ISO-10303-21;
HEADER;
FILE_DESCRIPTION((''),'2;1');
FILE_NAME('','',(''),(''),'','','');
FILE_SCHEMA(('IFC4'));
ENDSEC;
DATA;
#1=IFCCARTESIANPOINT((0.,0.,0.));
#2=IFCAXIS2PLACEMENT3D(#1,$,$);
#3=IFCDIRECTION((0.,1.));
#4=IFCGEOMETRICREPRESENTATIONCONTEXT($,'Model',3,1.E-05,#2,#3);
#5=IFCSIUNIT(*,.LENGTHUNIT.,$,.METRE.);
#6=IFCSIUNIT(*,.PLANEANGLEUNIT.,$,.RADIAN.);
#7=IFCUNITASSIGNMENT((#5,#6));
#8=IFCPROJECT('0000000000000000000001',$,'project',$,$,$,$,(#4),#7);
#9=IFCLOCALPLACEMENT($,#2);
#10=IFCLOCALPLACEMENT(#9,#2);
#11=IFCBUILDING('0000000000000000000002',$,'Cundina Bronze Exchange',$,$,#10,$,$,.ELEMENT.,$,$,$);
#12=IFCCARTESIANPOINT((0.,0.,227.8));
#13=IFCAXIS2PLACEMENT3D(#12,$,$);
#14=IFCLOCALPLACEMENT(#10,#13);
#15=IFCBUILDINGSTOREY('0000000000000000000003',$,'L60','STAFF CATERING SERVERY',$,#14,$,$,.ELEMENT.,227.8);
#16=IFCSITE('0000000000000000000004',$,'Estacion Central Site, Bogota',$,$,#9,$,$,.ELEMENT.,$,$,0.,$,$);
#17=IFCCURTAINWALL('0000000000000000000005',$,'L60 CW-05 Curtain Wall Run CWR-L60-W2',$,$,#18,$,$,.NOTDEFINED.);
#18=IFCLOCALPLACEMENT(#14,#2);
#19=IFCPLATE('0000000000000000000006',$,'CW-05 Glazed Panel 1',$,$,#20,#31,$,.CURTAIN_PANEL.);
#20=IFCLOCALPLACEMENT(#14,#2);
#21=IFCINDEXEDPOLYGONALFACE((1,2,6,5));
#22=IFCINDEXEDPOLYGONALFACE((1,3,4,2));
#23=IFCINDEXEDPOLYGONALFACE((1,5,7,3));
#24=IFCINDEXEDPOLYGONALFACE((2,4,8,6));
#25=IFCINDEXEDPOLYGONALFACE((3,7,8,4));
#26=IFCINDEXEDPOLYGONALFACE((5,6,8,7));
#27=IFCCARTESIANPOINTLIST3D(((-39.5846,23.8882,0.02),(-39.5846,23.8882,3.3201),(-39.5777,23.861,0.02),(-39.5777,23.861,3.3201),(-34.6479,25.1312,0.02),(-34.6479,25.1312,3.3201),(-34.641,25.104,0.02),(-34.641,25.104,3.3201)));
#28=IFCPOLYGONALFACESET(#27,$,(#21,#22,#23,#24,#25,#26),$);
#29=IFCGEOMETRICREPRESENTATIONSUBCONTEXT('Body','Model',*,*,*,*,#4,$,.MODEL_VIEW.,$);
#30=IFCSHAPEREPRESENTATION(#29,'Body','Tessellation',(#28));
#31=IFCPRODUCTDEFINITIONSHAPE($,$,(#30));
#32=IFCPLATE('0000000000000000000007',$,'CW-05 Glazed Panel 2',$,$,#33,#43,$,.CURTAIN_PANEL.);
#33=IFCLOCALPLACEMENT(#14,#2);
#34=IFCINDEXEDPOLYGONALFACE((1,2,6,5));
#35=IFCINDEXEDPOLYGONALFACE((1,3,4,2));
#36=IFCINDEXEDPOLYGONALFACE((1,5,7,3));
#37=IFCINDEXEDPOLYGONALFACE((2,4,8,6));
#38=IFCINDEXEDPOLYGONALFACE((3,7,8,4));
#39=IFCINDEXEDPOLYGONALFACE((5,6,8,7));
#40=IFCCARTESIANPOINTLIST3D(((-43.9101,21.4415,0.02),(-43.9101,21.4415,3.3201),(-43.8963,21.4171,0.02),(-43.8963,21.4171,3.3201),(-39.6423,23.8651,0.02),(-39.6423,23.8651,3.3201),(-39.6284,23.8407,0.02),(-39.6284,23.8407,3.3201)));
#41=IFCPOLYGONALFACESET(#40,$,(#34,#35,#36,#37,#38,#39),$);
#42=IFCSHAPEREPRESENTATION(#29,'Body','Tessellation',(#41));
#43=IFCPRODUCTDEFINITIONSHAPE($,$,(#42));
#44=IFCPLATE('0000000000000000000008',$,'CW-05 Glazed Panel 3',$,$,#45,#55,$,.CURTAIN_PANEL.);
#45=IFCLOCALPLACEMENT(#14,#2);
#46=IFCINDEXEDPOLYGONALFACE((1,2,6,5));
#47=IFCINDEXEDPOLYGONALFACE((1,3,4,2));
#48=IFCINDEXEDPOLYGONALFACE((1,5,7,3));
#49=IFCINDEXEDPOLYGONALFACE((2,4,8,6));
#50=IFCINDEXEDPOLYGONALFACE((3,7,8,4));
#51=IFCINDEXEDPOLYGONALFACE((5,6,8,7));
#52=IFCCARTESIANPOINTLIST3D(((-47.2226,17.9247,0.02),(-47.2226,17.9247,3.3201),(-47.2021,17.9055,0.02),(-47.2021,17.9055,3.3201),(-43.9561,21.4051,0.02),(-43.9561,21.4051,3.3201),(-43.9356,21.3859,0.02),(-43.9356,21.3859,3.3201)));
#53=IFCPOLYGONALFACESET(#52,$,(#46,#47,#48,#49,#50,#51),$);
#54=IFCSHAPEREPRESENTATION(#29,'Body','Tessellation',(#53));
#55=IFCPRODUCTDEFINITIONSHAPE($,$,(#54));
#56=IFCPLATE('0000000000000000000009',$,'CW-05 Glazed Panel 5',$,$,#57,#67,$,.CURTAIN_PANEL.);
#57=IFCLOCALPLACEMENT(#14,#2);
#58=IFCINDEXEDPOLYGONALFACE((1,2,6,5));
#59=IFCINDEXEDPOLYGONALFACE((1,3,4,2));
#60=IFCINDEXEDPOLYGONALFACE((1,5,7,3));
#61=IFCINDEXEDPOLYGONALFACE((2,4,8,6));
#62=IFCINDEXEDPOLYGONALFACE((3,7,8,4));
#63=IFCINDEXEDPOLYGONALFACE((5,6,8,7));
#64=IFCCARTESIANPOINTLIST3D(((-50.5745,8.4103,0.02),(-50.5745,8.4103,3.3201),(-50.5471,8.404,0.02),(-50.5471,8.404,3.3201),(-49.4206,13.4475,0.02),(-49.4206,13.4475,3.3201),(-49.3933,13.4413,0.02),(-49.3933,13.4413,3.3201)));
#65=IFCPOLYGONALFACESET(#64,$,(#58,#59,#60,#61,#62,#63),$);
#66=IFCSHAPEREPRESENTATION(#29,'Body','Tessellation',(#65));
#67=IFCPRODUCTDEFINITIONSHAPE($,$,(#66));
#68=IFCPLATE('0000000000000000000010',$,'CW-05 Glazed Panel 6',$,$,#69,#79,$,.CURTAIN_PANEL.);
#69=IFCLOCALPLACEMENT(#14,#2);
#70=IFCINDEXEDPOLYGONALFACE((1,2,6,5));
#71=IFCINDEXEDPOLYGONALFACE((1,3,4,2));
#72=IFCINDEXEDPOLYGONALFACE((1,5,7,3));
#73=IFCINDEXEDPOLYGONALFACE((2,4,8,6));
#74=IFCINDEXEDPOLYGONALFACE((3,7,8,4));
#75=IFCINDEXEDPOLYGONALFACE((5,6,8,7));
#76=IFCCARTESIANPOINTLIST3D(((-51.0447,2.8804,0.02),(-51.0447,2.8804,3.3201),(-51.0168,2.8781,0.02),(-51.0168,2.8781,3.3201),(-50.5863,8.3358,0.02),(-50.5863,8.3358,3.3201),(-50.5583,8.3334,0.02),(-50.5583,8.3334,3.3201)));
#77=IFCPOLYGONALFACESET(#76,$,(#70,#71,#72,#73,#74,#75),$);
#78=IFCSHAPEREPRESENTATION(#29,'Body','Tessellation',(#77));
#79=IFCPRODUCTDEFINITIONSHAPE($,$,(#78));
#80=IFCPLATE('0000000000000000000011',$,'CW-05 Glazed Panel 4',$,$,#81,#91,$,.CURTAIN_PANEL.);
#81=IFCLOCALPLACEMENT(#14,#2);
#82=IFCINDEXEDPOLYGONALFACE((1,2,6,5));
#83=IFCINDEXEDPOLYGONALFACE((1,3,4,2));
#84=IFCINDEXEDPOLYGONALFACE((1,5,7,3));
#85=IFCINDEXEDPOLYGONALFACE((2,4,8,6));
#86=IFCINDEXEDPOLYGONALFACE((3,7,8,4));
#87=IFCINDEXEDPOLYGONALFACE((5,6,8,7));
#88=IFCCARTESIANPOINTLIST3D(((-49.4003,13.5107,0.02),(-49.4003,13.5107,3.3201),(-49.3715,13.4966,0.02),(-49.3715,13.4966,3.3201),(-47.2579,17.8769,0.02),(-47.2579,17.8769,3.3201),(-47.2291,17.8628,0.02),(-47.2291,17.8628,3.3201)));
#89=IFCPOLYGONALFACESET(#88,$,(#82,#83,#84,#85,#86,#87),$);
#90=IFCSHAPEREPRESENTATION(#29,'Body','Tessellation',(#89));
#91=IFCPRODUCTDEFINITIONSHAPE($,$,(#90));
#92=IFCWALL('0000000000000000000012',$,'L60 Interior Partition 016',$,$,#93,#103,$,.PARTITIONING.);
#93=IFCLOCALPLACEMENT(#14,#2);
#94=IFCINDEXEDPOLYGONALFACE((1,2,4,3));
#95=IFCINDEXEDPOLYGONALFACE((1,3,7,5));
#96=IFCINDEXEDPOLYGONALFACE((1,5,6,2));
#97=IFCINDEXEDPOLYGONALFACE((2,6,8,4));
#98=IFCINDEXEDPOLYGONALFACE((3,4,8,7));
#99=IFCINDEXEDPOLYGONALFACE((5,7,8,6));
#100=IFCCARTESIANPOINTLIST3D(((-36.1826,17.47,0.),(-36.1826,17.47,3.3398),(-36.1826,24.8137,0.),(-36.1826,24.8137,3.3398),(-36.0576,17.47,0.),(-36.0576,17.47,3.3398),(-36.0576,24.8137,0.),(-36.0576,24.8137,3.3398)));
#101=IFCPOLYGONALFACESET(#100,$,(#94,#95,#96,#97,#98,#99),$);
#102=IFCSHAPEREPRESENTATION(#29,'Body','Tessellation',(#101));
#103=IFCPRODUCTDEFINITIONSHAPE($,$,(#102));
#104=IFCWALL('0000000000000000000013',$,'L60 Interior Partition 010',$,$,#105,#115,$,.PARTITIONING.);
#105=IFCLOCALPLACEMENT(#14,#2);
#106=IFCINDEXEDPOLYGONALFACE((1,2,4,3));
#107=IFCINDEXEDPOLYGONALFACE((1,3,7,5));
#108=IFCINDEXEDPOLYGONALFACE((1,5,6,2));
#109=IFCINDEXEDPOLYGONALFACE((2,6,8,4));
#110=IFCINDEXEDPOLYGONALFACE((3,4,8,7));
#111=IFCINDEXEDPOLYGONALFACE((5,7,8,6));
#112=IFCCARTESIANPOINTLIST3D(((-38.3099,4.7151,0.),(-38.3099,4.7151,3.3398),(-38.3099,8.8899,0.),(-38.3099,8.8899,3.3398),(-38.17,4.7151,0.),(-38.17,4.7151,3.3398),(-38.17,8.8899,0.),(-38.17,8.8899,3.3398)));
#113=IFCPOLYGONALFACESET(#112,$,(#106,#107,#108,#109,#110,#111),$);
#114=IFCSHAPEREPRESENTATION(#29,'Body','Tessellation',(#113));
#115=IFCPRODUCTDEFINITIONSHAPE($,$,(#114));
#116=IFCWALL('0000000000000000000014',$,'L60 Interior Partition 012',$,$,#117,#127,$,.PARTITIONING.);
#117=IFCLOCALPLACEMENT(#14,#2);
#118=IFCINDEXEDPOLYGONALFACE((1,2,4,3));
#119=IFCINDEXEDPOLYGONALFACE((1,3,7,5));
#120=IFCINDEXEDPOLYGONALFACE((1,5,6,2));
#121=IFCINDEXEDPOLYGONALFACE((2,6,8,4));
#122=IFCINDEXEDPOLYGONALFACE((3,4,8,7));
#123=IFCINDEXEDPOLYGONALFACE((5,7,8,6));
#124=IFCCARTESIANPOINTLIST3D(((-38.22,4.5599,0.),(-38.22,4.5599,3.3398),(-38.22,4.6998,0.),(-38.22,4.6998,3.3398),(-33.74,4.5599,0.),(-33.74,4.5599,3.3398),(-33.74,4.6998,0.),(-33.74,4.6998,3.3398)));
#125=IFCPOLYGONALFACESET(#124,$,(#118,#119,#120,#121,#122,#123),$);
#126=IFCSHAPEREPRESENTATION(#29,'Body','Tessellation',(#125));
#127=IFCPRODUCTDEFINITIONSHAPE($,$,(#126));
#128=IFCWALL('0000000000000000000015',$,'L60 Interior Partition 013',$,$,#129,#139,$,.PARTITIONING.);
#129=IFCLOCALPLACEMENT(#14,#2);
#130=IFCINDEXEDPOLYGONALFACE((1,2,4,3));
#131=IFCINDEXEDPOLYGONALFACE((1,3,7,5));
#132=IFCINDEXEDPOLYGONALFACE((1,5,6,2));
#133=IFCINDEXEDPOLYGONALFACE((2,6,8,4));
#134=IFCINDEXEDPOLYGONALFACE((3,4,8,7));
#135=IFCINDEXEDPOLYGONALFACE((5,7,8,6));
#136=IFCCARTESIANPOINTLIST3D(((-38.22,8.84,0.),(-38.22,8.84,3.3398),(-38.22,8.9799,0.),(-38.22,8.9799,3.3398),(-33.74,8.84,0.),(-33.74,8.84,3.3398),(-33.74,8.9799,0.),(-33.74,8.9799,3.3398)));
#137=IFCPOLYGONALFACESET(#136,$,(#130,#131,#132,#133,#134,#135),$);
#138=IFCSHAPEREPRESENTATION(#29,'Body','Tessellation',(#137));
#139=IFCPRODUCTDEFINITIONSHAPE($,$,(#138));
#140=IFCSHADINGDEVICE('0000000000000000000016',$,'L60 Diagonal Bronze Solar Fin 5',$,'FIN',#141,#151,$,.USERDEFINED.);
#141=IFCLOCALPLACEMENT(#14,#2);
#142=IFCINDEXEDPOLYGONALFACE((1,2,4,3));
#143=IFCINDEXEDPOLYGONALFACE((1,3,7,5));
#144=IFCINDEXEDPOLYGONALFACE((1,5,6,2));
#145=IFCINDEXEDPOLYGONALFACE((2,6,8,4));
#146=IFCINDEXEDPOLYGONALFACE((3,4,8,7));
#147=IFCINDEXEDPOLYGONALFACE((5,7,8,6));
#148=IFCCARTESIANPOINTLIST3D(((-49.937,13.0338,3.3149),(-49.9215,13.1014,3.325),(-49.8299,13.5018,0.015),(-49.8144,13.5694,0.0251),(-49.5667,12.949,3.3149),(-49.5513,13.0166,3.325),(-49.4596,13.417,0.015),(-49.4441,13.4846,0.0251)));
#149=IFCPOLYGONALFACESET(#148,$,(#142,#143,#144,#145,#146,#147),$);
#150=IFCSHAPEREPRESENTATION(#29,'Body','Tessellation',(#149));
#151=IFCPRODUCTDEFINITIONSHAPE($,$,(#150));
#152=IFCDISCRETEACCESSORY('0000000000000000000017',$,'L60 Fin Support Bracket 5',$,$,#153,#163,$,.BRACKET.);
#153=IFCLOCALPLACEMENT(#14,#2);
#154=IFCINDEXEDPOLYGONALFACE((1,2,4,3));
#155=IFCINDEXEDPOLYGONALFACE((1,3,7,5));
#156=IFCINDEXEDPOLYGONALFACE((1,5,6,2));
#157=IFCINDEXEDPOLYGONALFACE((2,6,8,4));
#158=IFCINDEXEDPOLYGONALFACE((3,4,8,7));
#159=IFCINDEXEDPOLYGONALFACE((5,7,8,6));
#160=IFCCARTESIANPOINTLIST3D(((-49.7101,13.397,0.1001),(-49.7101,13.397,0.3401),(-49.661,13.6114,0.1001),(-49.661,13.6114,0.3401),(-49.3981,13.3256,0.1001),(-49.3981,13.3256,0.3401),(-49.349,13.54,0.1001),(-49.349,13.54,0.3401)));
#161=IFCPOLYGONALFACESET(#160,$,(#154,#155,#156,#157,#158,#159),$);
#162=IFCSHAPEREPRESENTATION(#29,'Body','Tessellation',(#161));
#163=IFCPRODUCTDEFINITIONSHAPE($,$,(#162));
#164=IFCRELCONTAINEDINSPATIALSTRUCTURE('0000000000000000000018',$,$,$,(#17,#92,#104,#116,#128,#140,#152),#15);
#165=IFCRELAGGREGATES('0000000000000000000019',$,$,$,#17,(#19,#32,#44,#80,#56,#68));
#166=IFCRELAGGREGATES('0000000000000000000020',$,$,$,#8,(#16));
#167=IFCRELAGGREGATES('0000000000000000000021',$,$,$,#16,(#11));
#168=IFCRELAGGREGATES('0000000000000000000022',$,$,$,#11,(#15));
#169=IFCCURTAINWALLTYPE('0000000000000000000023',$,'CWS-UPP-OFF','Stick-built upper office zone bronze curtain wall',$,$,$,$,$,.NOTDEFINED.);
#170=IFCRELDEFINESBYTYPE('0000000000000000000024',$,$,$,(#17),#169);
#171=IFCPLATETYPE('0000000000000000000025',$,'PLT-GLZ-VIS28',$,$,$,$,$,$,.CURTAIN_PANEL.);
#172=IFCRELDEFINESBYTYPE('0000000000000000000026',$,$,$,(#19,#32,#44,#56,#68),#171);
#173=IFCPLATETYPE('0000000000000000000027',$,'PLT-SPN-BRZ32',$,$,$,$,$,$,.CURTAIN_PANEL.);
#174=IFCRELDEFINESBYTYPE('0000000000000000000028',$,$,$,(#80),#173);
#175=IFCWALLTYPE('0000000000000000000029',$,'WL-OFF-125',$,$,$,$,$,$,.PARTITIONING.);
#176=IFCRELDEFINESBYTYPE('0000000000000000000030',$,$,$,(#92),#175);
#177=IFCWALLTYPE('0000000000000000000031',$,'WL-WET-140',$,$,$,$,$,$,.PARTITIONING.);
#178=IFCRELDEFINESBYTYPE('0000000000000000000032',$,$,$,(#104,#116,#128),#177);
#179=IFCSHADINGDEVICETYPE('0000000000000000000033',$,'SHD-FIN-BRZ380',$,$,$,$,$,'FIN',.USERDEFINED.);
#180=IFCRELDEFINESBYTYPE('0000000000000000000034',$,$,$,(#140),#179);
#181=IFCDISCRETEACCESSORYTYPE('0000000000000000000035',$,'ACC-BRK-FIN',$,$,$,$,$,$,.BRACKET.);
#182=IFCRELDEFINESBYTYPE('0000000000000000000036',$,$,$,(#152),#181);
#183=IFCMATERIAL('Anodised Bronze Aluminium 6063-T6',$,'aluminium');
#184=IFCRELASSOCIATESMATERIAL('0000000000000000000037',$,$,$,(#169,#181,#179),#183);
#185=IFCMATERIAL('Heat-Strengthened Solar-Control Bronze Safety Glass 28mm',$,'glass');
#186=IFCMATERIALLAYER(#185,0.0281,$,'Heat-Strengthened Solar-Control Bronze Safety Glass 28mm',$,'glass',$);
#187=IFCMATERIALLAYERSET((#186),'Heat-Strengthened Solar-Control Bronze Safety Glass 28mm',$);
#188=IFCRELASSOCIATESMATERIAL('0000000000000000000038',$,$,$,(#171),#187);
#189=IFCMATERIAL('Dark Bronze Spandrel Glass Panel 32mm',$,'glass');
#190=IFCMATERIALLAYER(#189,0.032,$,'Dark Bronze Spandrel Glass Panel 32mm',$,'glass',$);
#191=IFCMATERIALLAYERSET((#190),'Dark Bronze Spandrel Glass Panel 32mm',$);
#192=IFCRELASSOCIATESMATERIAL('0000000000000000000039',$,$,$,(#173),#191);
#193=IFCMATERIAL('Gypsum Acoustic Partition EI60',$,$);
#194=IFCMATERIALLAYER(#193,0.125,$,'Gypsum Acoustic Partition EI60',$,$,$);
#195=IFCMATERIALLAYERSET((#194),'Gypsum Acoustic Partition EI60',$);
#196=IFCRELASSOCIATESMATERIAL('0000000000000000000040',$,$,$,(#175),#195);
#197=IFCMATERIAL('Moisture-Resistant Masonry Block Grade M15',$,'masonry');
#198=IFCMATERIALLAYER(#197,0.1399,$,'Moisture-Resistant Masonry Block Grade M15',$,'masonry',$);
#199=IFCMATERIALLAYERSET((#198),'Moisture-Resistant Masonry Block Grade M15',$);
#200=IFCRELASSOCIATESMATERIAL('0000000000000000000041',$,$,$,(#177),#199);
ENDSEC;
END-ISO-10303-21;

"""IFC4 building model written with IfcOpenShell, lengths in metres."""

from ifc_helpers import new_model, si_unit, direction, frame, frame_2d, origin, origin_2d, place, context, subcontext, project, spatial, rectangle, extrude, material, layer, layer_set, material_profile, profile_set, type_object, element, aggregate, save


model = new_model("IFC4")

# Units and contexts
model_context = context("Model", 3, precision=1e-05, world=origin(), true_north=direction((0.0, 1.0)))
body_context = subcontext(model_context, "Body", "Model", "MODEL_VIEW")
ifc_project = project(units=[si_unit("LENGTHUNIT", "METRE"), si_unit("PLANEANGLEUNIT", "RADIAN")], contexts=[model_context])

# Site, building, storey
site_placement = place(None, origin())
site = spatial("IfcSite", under=ifc_project, at=site_placement, Name="Estacion Central Site, Bogota", CompositionType="ELEMENT", RefElevation=0.0)
building_placement = place(site_placement, origin())
building = spatial("IfcBuilding", under=site, at=building_placement, Name="Cundina Bronze Exchange", CompositionType="ELEMENT")
storey_placement = place(building_placement, frame((0.0, 0.0, 227.8)))
storey = spatial("IfcBuildingStorey", under=building, at=storey_placement, Name="L60", Description="STAFF CATERING SERVERY", CompositionType="ELEMENT", Elevation=227.8)

# Curtain wall, plates
ifc_material_1 = material(Name="Anodised Bronze Aluminium 6063-T6", Category="aluminium")
curtain_wall_type = type_object("IfcCurtainWallType", Name="CWS-UPP-OFF", Description="Stick-built upper office zone bronze curtain wall", PredefinedType="NOTDEFINED", material=ifc_material_1)
curtain_wall_placement = place(storey_placement, origin())
curtain_wall = element("IfcCurtainWall", 1, at=curtain_wall_placement, inside=storey, type_object=curtain_wall_type, Name="L60 CW-05 Curtain Wall Run CWR-L60-W2", PredefinedType="NOTDEFINED")
ifc_material_2 = material(Name="Heat-Strengthened Solar-Control Bronze Safety Glass 28mm", Category="glass")
ifc_layer_1 = layer(ifc_material_2, 0.0281, Name="Heat-Strengthened Solar-Control Bronze Safety Glass 28mm", Category="glass")
ifc_layer_set_1 = layer_set([ifc_layer_1], Name="Heat-Strengthened Solar-Control Bronze Safety Glass 28mm")
plate_type_1 = type_object("IfcPlateType", Name="PLT-GLZ-VIS28", PredefinedType="CURTAIN_PANEL", material=ifc_layer_set_1)
plate_1_placement = place(storey_placement, frame((-37.1128, 24.4961, 0.02), z_axis=(0.0, 0.0, 1.0), x_axis=(-0.969732, -0.244174, 0.0)))
plate_1 = element("IfcPlate", 2, at=plate_1_placement, type_object=plate_type_1, Name="CW-05 Glazed Panel 1", PredefinedType="CURTAIN_PANEL", context=body_context, shape_type="SweptSolid", body=[
    extrude(rectangle(XDim=5.0908, YDim=0.0281, at=origin_2d()), origin(), (0.0, 0.0, 1.0), 3.3),
])
plate_2_placement = place(storey_placement, frame((-41.7693, 22.6411, 0.02), z_axis=(0.0, 0.0, 1.0), x_axis=(-0.869573, -0.493805, 0.0)))
plate_2 = element("IfcPlate", 3, at=plate_2_placement, type_object=plate_type_1, Name="CW-05 Glazed Panel 2", PredefinedType="CURTAIN_PANEL", context=body_context, shape_type="SweptSolid", body=[
    extrude(rectangle(XDim=4.908, YDim=0.0281, at=origin_2d()), origin(), (0.0, 0.0, 1.0), 3.3),
])
plate_3_placement = place(storey_placement, frame((-45.5791, 19.6553, 0.02), z_axis=(0.0, 0.0, 1.0), x_axis=(-0.684344, -0.72916, 0.0)))
plate_3 = element("IfcPlate", 4, at=plate_3_placement, type_object=plate_type_1, Name="CW-05 Glazed Panel 3", PredefinedType="CURTAIN_PANEL", context=body_context, shape_type="SweptSolid", body=[
    extrude(rectangle(XDim=4.7732, YDim=0.0281, at=origin_2d()), origin(), (0.0, 0.0, 1.0), 3.3),
])
plate_4_placement = place(storey_placement, frame((-49.9839, 10.9258, 0.02), z_axis=(0.0, 0.0, 1.0), x_axis=(-0.223284, -0.974753, 0.0)))
plate_4 = element("IfcPlate", 5, at=plate_4_placement, type_object=plate_type_1, Name="CW-05 Glazed Panel 5", PredefinedType="CURTAIN_PANEL", context=body_context, shape_type="SweptSolid", body=[
    extrude(rectangle(XDim=5.1677, YDim=0.0281, at=origin_2d()), origin(), (0.0, 0.0, 1.0), 3.3),
])
plate_5_placement = place(storey_placement, frame((-50.8015, 5.6069, 0.02), z_axis=(0.0, 0.0, 1.0), x_axis=(-0.083747, -0.996487, 0.0)))
plate_5 = element("IfcPlate", 6, at=plate_5_placement, type_object=plate_type_1, Name="CW-05 Glazed Panel 6", PredefinedType="CURTAIN_PANEL", context=body_context, shape_type="SweptSolid", body=[
    extrude(rectangle(XDim=5.4746, YDim=0.0281, at=origin_2d()), origin(), (0.0, 0.0, 1.0), 3.3),
])
ifc_material_3 = material(Name="Dark Bronze Spandrel Glass Panel 32mm", Category="glass")
ifc_layer_2 = layer(ifc_material_3, 0.032, Name="Dark Bronze Spandrel Glass Panel 32mm", Category="glass")
ifc_layer_set_2 = layer_set([ifc_layer_2], Name="Dark Bronze Spandrel Glass Panel 32mm")
plate_type_2 = type_object("IfcPlateType", Name="PLT-SPN-BRZ32", PredefinedType="CURTAIN_PANEL", material=ifc_layer_set_2)
plate_6_placement = place(storey_placement, frame((-48.3147, 15.6868, 0.02), z_axis=(0.0, 0.0, 1.0), x_axis=(-0.440503, -0.897751, 0.0)))
plate_6 = element("IfcPlate", 7, at=plate_6_placement, type_object=plate_type_2, Name="CW-05 Glazed Panel 4", PredefinedType="CURTAIN_PANEL", context=body_context, shape_type="SweptSolid", body=[
    extrude(rectangle(XDim=4.8635, YDim=0.032, at=origin_2d()), origin(), (0.0, 0.0, 1.0), 3.3),
])
aggregate(curtain_wall, [plate_1, plate_2, plate_3, plate_6, plate_4, plate_5])

# Walls
ifc_material_4 = material(Name="Gypsum Acoustic Partition EI60")
ifc_layer_3 = layer(ifc_material_4, 0.125, Name="Gypsum Acoustic Partition EI60")
ifc_layer_set_3 = layer_set([ifc_layer_3], Name="Gypsum Acoustic Partition EI60")
wall_type_1 = type_object("IfcWallType", Name="WL-OFF-125", PredefinedType="PARTITIONING", material=ifc_layer_set_3)
wall_1_placement = place(storey_placement, frame((-36.1201, 17.47, 0.0), z_axis=(0.0, 0.0, 1.0), x_axis=(0.0, 1.0, 0.0)))
element("IfcWall", 8, at=wall_1_placement, inside=storey, type_object=wall_type_1, Name="L60 Interior Partition 016", PredefinedType="PARTITIONING", context=body_context, shape_type="SweptSolid", body=[
    extrude(rectangle(XDim=7.3438, YDim=0.125, at=frame_2d((3.6719, 0.0))), origin(), (0.0, 0.0, 1.0), 3.3398),
])
ifc_material_5 = material(Name="Moisture-Resistant Masonry Block Grade M15", Category="masonry")
ifc_layer_4 = layer(ifc_material_5, 0.1399, Name="Moisture-Resistant Masonry Block Grade M15", Category="masonry")
ifc_layer_set_4 = layer_set([ifc_layer_4], Name="Moisture-Resistant Masonry Block Grade M15")
wall_type_2 = type_object("IfcWallType", Name="WL-WET-140", PredefinedType="PARTITIONING", material=ifc_layer_set_4)
wall_2_placement = place(storey_placement, frame((-38.24, 4.7151, 0.0), z_axis=(0.0, 0.0, 1.0), x_axis=(0.0, 1.0, 0.0)))
element("IfcWall", 9, at=wall_2_placement, inside=storey, type_object=wall_type_2, Name="L60 Interior Partition 010", PredefinedType="PARTITIONING", context=body_context, shape_type="SweptSolid", body=[
    extrude(rectangle(XDim=4.1748, YDim=0.1399, at=frame_2d((2.0874, 0.0))), origin(), (0.0, 0.0, 1.0), 3.3398),
])
for number, where, z_axis, x_axis, name in (
    (10, (-38.22, 4.6299, 0.0), (0.0, 0.0, 1.0), (1.0, 0.0, 0.0), "L60 Interior Partition 012"),
    (11, (-38.22, 8.9099, 0.0), (0.0, 0.0, 1.0), (1.0, 0.0, 0.0), "L60 Interior Partition 013"),
):
    element("IfcWall", number, at=place(storey_placement, frame(where, z_axis=z_axis, x_axis=x_axis)), inside=storey, type_object=wall_type_2, Name=name, PredefinedType="PARTITIONING", context=body_context, shape_type="SweptSolid", body=[
        extrude(rectangle(XDim=4.48, YDim=0.1399, at=frame_2d((2.24, 0.0))), origin(), (0.0, 0.0, 1.0), 3.3398),
    ])

# Shading device
ifc_material_profile_1 = material_profile(ifc_material_1, rectangle(XDim=0.0701, YDim=0.3799, at=origin_2d()), Name="FIN70X380", Category="aluminium")
ifc_profile_set_1 = profile_set([ifc_material_profile_1], Name="Anodised Bronze Aluminium 6063-T6")
shading_device_type = type_object("IfcShadingDeviceType", Name="SHD-FIN-BRZ380", ElementType="FIN", PredefinedType="USERDEFINED", material=ifc_profile_set_1)
shading_device_placement = place(storey_placement, frame((-49.637, 13.4932, 0.02), z_axis=(-0.032139, -0.140344, 0.989581), x_axis=(0.220899, 0.964611, 0.143977)))
element("IfcShadingDevice", 12, at=shading_device_placement, inside=storey, type_object=shading_device_type, Name="L60 Diagonal Bronze Solar Fin 5", ObjectType="FIN", PredefinedType="USERDEFINED", context=body_context, shape_type="SweptSolid", body=[
    extrude(rectangle(XDim=0.0701, YDim=0.3799, at=origin_2d()), origin(), (0.0, 0.0, 1.0), 3.3347),
])

# Discrete accessory
discrete_accessory_type = type_object("IfcDiscreteAccessoryType", Name="ACC-BRK-FIN", PredefinedType="BRACKET", material=ifc_material_1)
discrete_accessory_placement = place(storey_placement, frame((-49.5295, 13.4685, 0.1001), z_axis=(0.0, 0.0, 1.0), x_axis=(-0.223284, -0.974753, 0.0)))
element("IfcDiscreteAccessory", 13, at=discrete_accessory_placement, inside=storey, type_object=discrete_accessory_type, Name="L60 Fin Support Bracket 5", PredefinedType="BRACKET", context=body_context, shape_type="SweptSolid", body=[
    extrude(rectangle(XDim=0.22, YDim=0.3201, at=origin_2d()), origin(), (0.0, 0.0, 1.0), 0.24),
])

save(model, "model.ifc")
